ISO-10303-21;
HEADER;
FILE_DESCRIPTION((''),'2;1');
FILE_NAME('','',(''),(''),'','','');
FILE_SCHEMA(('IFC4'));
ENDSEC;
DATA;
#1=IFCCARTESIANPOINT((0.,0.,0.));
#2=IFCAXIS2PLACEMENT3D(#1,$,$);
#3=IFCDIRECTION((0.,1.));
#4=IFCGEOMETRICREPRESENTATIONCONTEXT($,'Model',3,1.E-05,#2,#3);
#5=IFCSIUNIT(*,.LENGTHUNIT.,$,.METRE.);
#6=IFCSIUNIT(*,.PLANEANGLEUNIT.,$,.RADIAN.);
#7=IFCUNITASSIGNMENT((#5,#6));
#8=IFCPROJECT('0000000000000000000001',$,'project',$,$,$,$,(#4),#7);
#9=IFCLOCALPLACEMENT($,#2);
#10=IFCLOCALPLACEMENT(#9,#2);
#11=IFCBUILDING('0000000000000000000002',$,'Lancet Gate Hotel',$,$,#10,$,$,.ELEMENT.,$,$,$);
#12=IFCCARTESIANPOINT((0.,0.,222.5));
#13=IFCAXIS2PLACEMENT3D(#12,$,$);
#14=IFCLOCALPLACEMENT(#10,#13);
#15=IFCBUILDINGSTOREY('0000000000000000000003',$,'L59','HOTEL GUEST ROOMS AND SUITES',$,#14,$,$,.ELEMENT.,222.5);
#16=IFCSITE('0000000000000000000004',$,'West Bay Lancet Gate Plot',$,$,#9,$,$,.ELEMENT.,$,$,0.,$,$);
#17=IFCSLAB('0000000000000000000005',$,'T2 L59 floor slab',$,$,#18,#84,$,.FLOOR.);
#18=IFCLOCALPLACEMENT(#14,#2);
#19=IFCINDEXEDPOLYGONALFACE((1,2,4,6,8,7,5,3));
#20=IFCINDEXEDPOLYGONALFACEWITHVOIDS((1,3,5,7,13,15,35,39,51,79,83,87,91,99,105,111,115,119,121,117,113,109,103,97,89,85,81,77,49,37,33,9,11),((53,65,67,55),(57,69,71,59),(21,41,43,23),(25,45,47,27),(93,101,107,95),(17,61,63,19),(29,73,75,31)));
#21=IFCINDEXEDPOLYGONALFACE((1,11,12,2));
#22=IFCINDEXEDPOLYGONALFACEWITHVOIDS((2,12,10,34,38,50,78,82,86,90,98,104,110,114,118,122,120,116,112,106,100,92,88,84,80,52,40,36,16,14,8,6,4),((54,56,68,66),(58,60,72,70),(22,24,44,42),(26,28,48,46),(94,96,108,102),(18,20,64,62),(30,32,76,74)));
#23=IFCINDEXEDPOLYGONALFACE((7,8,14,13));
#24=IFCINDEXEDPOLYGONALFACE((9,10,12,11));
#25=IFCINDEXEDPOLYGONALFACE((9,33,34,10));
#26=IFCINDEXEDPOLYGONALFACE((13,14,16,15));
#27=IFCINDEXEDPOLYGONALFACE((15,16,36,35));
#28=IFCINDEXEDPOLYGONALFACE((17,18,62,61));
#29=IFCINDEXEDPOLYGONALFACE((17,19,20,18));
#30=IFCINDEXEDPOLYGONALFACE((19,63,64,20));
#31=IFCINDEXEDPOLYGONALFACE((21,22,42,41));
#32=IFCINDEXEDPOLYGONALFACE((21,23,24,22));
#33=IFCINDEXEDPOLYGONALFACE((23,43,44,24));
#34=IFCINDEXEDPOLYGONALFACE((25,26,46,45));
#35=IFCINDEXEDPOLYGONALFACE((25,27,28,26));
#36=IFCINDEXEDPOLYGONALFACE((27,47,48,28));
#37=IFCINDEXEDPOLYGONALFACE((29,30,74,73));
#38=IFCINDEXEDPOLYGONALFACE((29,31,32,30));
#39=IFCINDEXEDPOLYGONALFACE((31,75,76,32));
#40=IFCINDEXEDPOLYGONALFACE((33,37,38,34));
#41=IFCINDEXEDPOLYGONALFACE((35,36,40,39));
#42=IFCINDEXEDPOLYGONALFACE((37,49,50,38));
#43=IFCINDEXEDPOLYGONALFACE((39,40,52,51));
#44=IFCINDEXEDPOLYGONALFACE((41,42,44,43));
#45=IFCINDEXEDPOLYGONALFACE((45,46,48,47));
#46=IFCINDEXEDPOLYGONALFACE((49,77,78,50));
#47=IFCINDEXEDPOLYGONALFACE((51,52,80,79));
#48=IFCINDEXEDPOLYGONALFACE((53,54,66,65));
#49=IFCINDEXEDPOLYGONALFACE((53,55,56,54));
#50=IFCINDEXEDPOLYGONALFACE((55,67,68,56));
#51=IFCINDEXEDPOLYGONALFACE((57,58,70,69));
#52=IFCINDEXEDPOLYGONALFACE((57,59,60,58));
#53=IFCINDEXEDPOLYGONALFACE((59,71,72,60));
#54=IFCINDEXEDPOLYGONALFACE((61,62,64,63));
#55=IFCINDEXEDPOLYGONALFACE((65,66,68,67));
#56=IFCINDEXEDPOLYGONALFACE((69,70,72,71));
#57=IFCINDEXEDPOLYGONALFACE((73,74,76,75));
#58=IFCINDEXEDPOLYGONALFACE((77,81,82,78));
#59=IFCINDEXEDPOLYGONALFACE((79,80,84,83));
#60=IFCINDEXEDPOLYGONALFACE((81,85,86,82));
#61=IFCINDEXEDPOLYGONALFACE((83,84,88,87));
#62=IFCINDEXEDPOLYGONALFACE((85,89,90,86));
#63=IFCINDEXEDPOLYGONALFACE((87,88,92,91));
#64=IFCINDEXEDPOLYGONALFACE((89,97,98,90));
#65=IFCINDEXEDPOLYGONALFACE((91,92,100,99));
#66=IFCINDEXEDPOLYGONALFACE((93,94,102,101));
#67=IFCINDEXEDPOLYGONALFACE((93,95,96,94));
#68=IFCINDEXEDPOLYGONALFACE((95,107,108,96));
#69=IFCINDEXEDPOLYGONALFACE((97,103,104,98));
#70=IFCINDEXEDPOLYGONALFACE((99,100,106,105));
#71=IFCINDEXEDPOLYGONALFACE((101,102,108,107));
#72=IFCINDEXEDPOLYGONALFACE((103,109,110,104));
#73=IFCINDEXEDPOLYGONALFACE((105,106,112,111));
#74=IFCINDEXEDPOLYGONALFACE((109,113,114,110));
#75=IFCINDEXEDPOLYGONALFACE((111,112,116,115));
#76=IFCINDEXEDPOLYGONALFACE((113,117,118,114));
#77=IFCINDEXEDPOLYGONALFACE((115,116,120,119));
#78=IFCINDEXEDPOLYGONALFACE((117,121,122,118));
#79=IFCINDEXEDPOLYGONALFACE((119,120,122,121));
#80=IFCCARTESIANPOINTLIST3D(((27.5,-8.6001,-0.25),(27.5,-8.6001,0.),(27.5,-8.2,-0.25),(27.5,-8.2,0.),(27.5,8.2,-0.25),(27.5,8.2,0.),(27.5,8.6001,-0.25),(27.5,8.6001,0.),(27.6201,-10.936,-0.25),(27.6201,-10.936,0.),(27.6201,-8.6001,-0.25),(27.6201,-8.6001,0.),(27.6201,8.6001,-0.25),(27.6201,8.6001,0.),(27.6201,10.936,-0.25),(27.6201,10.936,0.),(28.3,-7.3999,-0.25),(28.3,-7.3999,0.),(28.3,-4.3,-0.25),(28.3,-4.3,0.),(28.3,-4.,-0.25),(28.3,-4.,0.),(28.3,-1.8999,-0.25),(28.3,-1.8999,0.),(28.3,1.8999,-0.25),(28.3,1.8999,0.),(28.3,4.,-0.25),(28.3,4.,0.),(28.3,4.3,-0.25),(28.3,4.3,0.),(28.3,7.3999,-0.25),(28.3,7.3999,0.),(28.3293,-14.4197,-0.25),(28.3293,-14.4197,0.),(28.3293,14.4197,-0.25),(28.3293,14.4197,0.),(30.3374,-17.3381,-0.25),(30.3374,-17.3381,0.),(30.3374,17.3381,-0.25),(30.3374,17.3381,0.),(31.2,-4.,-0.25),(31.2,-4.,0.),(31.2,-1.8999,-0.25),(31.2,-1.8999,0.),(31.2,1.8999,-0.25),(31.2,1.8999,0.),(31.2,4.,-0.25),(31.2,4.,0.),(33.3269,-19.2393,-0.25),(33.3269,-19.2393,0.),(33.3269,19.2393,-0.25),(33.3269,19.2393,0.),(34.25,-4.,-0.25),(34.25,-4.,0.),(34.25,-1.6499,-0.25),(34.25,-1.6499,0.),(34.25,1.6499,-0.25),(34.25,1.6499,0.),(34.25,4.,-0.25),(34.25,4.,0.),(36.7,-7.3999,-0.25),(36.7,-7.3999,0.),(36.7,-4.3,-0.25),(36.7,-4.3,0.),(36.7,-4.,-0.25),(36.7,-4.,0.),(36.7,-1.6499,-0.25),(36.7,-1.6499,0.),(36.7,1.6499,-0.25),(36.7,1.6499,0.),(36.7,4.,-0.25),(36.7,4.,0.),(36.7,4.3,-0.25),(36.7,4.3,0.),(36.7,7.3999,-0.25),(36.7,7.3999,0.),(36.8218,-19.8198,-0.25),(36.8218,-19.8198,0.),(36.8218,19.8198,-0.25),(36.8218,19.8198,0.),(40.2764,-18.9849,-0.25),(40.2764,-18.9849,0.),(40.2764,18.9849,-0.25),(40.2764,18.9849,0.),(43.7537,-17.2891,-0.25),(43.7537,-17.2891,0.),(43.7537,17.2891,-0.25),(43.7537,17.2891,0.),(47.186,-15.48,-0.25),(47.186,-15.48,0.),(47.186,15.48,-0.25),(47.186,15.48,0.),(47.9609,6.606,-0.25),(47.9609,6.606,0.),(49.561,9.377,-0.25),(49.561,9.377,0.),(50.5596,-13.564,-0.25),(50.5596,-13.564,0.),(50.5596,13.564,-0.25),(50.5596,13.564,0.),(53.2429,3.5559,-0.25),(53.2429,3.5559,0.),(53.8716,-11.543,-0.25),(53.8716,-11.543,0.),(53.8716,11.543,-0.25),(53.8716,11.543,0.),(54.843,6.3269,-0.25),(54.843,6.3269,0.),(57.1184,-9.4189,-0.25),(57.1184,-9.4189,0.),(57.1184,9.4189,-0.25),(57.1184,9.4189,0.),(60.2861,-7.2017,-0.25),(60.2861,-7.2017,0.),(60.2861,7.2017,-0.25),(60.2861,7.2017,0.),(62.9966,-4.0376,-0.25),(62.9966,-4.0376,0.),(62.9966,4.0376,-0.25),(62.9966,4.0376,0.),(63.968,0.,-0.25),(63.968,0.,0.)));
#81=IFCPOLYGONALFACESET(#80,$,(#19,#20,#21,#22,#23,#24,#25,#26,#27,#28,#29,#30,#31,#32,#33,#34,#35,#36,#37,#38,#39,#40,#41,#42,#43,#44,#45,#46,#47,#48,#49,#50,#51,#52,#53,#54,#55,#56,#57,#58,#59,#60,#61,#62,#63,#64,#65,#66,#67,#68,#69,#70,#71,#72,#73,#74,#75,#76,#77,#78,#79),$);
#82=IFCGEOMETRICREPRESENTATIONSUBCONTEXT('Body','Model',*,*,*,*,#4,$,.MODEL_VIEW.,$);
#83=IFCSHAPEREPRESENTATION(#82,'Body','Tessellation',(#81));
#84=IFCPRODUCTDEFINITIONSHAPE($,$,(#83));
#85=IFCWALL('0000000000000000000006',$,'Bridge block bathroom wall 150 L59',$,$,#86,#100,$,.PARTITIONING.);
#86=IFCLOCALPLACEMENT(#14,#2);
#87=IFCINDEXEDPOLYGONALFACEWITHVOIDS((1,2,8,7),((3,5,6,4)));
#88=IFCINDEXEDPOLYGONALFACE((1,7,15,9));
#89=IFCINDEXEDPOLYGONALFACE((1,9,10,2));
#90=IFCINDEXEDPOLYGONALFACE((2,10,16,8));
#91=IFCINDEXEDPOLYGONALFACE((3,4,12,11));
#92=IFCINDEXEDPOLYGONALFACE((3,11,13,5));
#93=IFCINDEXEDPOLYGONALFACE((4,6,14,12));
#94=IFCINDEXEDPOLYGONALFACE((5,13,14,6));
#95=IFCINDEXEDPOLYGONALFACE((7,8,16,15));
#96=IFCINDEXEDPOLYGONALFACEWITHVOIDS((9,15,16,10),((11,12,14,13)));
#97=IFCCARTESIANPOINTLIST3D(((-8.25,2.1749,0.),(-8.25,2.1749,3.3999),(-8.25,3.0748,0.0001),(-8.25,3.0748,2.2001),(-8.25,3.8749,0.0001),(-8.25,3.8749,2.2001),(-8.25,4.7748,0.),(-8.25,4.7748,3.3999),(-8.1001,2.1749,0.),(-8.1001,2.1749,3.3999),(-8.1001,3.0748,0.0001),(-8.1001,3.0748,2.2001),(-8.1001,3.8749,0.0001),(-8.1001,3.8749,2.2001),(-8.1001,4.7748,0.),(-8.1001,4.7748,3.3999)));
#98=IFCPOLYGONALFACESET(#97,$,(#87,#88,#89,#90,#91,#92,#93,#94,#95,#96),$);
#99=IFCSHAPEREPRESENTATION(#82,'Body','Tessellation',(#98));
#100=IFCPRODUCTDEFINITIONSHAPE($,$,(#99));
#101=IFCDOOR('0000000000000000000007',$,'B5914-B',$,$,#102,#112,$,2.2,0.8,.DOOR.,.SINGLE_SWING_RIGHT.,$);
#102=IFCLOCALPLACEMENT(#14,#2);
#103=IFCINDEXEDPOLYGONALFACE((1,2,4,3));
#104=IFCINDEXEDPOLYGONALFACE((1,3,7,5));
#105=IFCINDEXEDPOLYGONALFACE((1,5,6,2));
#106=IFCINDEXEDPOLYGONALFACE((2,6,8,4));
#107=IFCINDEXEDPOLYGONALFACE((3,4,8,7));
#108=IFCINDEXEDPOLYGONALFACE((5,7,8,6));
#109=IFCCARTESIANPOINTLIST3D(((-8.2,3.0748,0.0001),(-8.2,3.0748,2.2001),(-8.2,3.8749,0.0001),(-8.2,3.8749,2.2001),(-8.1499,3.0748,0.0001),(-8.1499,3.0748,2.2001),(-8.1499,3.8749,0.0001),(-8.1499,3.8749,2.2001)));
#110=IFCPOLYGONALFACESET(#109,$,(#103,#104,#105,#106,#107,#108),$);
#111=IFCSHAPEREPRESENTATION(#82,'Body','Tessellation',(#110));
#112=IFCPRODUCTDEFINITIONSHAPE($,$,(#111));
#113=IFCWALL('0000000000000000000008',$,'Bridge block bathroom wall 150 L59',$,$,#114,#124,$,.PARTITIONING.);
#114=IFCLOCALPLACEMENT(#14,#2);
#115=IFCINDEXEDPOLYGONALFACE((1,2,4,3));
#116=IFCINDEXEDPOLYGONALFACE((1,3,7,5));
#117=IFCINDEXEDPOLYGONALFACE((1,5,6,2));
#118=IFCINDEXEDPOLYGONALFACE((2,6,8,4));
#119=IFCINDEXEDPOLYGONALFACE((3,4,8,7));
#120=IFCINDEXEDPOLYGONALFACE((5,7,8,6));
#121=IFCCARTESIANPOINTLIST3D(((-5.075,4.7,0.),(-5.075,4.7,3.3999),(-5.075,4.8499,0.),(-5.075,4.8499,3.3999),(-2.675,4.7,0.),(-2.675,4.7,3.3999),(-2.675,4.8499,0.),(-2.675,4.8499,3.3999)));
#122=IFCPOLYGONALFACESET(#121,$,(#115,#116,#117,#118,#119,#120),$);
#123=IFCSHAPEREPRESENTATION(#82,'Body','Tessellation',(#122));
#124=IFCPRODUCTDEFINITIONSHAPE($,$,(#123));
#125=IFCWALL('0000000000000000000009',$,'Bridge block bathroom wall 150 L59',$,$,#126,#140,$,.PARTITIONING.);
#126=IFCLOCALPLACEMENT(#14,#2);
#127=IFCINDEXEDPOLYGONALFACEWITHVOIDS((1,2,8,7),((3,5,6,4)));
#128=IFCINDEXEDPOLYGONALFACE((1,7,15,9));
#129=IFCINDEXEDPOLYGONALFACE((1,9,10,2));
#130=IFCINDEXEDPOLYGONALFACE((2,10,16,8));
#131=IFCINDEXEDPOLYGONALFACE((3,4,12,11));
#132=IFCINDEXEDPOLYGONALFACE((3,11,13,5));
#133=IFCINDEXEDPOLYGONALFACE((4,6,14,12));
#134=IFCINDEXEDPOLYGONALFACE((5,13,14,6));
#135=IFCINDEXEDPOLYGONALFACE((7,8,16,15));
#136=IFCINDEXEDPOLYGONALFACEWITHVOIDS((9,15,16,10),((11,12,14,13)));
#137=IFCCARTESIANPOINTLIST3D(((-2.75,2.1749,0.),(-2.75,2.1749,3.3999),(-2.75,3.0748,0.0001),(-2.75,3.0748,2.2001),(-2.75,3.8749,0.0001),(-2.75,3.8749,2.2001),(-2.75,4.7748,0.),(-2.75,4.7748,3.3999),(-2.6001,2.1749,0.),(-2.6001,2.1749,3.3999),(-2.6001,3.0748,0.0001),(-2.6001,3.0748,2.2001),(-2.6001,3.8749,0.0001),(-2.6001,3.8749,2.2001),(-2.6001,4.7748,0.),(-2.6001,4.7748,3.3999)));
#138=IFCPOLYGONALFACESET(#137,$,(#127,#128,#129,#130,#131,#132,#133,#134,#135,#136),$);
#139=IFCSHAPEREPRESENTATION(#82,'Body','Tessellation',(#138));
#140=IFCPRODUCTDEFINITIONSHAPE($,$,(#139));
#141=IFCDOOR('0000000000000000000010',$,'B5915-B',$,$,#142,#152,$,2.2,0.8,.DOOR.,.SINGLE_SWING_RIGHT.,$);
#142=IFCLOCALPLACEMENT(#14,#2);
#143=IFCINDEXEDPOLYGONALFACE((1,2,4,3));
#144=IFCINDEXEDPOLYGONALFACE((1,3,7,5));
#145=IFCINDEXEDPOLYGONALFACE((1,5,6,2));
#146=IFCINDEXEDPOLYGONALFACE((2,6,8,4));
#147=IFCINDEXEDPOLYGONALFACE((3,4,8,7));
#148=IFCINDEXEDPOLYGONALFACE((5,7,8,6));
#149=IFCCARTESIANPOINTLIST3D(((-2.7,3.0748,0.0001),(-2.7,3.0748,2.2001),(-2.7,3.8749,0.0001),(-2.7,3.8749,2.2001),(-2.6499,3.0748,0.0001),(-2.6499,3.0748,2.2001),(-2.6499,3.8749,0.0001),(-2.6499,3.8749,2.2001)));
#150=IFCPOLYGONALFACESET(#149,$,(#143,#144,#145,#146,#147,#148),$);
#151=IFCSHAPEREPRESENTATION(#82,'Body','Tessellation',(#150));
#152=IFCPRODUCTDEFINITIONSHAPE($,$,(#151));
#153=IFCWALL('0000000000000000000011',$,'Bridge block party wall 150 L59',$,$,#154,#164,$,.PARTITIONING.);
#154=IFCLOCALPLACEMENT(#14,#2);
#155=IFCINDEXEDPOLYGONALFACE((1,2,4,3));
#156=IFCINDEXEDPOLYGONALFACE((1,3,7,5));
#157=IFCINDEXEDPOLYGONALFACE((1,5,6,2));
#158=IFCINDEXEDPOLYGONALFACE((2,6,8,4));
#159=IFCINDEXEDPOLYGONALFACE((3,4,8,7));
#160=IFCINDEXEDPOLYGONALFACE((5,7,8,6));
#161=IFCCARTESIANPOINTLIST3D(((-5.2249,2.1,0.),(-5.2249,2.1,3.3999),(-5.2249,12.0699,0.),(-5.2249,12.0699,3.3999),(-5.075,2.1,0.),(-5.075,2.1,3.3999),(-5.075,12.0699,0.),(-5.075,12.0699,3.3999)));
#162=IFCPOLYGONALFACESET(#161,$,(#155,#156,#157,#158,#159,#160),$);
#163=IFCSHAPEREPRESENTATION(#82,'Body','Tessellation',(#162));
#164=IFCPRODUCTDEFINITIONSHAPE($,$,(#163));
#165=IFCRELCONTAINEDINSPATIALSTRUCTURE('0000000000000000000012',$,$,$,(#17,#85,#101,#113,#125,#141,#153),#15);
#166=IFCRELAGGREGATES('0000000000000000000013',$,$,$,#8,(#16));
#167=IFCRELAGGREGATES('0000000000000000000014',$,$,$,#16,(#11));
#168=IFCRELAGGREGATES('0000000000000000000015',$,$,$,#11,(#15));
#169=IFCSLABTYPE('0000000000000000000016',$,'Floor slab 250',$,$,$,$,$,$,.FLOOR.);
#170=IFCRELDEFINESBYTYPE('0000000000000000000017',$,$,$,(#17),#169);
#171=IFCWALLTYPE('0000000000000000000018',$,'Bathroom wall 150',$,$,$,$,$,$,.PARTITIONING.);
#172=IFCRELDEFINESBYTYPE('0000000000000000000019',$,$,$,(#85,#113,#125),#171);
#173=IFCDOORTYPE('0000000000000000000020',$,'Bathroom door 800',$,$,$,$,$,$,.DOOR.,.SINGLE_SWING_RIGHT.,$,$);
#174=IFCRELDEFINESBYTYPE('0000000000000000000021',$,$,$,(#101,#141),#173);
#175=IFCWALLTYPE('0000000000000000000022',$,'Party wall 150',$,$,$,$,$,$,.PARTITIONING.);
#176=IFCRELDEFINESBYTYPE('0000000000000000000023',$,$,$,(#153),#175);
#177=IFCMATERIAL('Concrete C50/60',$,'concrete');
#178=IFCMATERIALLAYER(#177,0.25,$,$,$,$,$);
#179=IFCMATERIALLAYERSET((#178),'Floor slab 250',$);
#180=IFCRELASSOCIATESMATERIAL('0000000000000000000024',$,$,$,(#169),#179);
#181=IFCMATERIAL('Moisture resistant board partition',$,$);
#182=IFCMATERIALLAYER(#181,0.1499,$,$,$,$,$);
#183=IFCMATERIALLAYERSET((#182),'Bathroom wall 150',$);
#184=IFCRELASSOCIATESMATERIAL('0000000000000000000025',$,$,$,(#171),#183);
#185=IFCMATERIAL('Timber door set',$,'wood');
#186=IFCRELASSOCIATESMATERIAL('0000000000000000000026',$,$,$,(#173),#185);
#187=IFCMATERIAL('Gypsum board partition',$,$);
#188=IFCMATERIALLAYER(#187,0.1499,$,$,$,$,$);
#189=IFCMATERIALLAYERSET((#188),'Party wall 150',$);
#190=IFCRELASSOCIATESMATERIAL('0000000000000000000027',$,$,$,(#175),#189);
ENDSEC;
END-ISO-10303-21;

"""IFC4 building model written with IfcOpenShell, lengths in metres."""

from ifc_helpers import new_model, si_unit, direction, frame, frame_2d, origin, place, context, subcontext, project, spatial, polyline, rectangle, outline, extrude, material, layer, layer_set, type_object, element, fill, save


model = new_model("IFC4")

# Units and contexts
model_context = context("Model", 3, precision=1e-05, world=origin(), true_north=direction((0.0, 1.0)))
body_context = subcontext(model_context, "Body", "Model", "MODEL_VIEW")
ifc_project = project(units=[si_unit("LENGTHUNIT", "METRE"), si_unit("PLANEANGLEUNIT", "RADIAN")], contexts=[model_context])

# Site, building, storey
site_placement = place(None, origin())
site = spatial("IfcSite", under=ifc_project, at=site_placement, Name="West Bay Lancet Gate Plot", CompositionType="ELEMENT", RefElevation=0.0)
building_placement = place(site_placement, origin())
building = spatial("IfcBuilding", under=site, at=building_placement, Name="Lancet Gate Hotel", CompositionType="ELEMENT")
storey_placement = place(building_placement, frame((0.0, 0.0, 222.5)))
storey = spatial("IfcBuildingStorey", under=building, at=storey_placement, Name="L59", Description="HOTEL GUEST ROOMS AND SUITES", CompositionType="ELEMENT", Elevation=222.5)

# Slab
ifc_material_1 = material(Name="Concrete C50/60", Category="concrete")
ifc_layer_1 = layer(ifc_material_1, 0.25)
ifc_layer_set_1 = layer_set([ifc_layer_1], Name="Floor slab 250")
slab_type_1 = type_object("IfcSlabType", Name="Floor slab 250", PredefinedType="FLOOR", material=ifc_layer_set_1)
slab_1_placement = place(storey_placement, frame((0.0, 0.0, -0.25)))
element("IfcSlab", 1, at=slab_1_placement, inside=storey, type_object=slab_type_1, Name="T2 L59 floor slab", PredefinedType="FLOOR", context=body_context, shape_type="SweptSolid", body=[
    extrude(outline(polyline([(27.5, -8.6001), (27.6201, -8.6001), (27.6201, -10.936), (28.3293, -14.4197), (30.3374, -17.3381), (33.3269, -19.2393), (36.8218, -19.8198), (40.2764, -18.9849), (43.7537, -17.2891), (47.186, -15.48), (50.5596, -13.564), (53.8716, -11.543), (57.1184, -9.4189), (60.2861, -7.2017), (62.9966, -4.0376), (63.968, 0.0), (62.9966, 4.0376), (60.2861, 7.2017), (57.1184, 9.4189), (53.8716, 11.543), (50.5596, 13.564), (47.186, 15.48), (43.7537, 17.2891), (40.2764, 18.9849), (36.8218, 19.8198), (33.3269, 19.2393), (30.3374, 17.3381), (28.3293, 14.4197), (27.6201, 10.936), (27.6201, 8.6001), (27.5, 8.6001), (27.5, 8.2), (27.5, -8.2), (27.5, -8.6001)]), holes=[polyline([(36.7, -7.3999), (36.7, -4.3), (28.3, -4.3), (28.3, -7.3999), (36.7, -7.3999)]), polyline([(28.3, -4.0), (31.2, -4.0), (31.2, -1.8999), (28.3, -1.8999), (28.3, -4.0)]), polyline([(34.25, -4.0), (36.7, -4.0), (36.7, -1.6499), (34.25, -1.6499), (34.25, -4.0)]), polyline([(36.7, 1.6499), (36.7, 4.0), (34.25, 4.0), (34.25, 1.6499), (36.7, 1.6499)]), polyline([(28.3, 1.8999), (31.2, 1.8999), (31.2, 4.0), (28.3, 4.0), (28.3, 1.8999)]), polyline([(28.3, 4.3), (36.7, 4.3), (36.7, 7.3999), (28.3, 7.3999), (28.3, 4.3)]), polyline([(53.2429, 3.5559), (54.843, 6.3269), (49.561, 9.377), (47.9609, 6.606), (53.2429, 3.5559)])]), origin(), (0.0, 0.0, 1.0), 0.25),
])

# Wall, opening, door
ifc_material_2 = material(Name="Moisture resistant board partition")
ifc_layer_2 = layer(ifc_material_2, 0.1499)
ifc_layer_set_2 = layer_set([ifc_layer_2], Name="Bathroom wall 150")
wall_type_1 = type_object("IfcWallType", Name="Bathroom wall 150", PredefinedType="PARTITIONING", material=ifc_layer_set_2)
wall_1_placement = place(storey_placement, frame((-8.175, 2.175, 0.0), z_axis=(0.0, 0.0, 1.0), x_axis=(0.0, 1.0, 0.0)))
wall_1 = element("IfcWall", 2, at=wall_1_placement, inside=storey, type_object=wall_type_1, Name="Bridge block bathroom wall 150 L59", PredefinedType="PARTITIONING", context=body_context, shape_type="SweptSolid", body=[
    extrude(rectangle(XDim=2.5999, YDim=0.1499, at=frame_2d((1.2998, 0.0))), origin(), (0.0, 0.0, 1.0), 3.3999),
])
opening_1_placement = place(wall_1_placement, frame((0.8999, 0.0, 0.0)))
opening_1 = element("IfcOpeningElement", 3, at=opening_1_placement, cuts=wall_1, PredefinedType="OPENING", context=body_context, shape_type="SweptSolid", body=[
    extrude(rectangle(XDim=0.8, YDim=2.2, at=frame_2d((0.3999, 1.1001))), frame((0.0, 0.085, 0.0), z_axis=(0.0, -1.0, 0.0), x_axis=(1.0, 0.0, 0.0)), (0.0, 0.0, 1.0), 0.1699),
])
ifc_material_3 = material(Name="Timber door set", Category="wood")
door_type = type_object("IfcDoorType", Name="Bathroom door 800", OperationType="SINGLE_SWING_RIGHT", PredefinedType="DOOR", material=ifc_material_3)
door_1_placement = place(opening_1_placement, origin())
door_1 = element("IfcDoor", 4, at=door_1_placement, inside=storey, type_object=door_type, Name="B5914-B", OperationType="SINGLE_SWING_RIGHT", OverallHeight=2.2, OverallWidth=0.8, PredefinedType="DOOR", context=body_context, shape_type="SweptSolid", body=[
    extrude(rectangle(XDim=0.8, YDim=2.2, at=frame_2d((0.3999, 1.1001))), frame((0.0, 0.0249, 0.0), z_axis=(0.0, -1.0, 0.0), x_axis=(1.0, 0.0, 0.0)), (0.0, 0.0, 1.0), 0.05),
])
fill(opening_1, door_1)

# Wall
wall_2_placement = place(storey_placement, frame((-5.075, 4.7749, 0.0), z_axis=(0.0, 0.0, 1.0), x_axis=(1.0, 0.0, 0.0)))
element("IfcWall", 5, at=wall_2_placement, inside=storey, type_object=wall_type_1, Name="Bridge block bathroom wall 150 L59", PredefinedType="PARTITIONING", context=body_context, shape_type="SweptSolid", body=[
    extrude(rectangle(XDim=2.3999, YDim=0.1499, at=frame_2d((1.2, 0.0))), origin(), (0.0, 0.0, 1.0), 3.3999),
])

# Wall, opening, door
wall_3_placement = place(storey_placement, frame((-2.675, 2.175, 0.0), z_axis=(0.0, 0.0, 1.0), x_axis=(0.0, 1.0, 0.0)))
wall_3 = element("IfcWall", 6, at=wall_3_placement, inside=storey, type_object=wall_type_1, Name="Bridge block bathroom wall 150 L59", PredefinedType="PARTITIONING", context=body_context, shape_type="SweptSolid", body=[
    extrude(rectangle(XDim=2.5999, YDim=0.1499, at=frame_2d((1.2998, 0.0))), origin(), (0.0, 0.0, 1.0), 3.3999),
])
opening_2_placement = place(wall_3_placement, frame((0.8999, 0.0, 0.0)))
opening_2 = element("IfcOpeningElement", 7, at=opening_2_placement, cuts=wall_3, PredefinedType="OPENING", context=body_context, shape_type="SweptSolid", body=[
    extrude(rectangle(XDim=0.8, YDim=2.2, at=frame_2d((0.3999, 1.1001))), frame((0.0, 0.085, 0.0), z_axis=(0.0, -1.0, 0.0), x_axis=(1.0, 0.0, 0.0)), (0.0, 0.0, 1.0), 0.1699),
])
door_2_placement = place(opening_2_placement, origin())
door_2 = element("IfcDoor", 8, at=door_2_placement, inside=storey, type_object=door_type, Name="B5915-B", OperationType="SINGLE_SWING_RIGHT", OverallHeight=2.2, OverallWidth=0.8, PredefinedType="DOOR", context=body_context, shape_type="SweptSolid", body=[
    extrude(rectangle(XDim=0.8, YDim=2.2, at=frame_2d((0.3999, 1.1001))), frame((0.0, 0.0249, 0.0), z_axis=(0.0, -1.0, 0.0), x_axis=(1.0, 0.0, 0.0)), (0.0, 0.0, 1.0), 0.05),
])
fill(opening_2, door_2)

# Wall
ifc_material_4 = material(Name="Gypsum board partition")
ifc_layer_3 = layer(ifc_material_4, 0.1499)
ifc_layer_set_3 = layer_set([ifc_layer_3], Name="Party wall 150")
wall_type_2 = type_object("IfcWallType", Name="Party wall 150", PredefinedType="PARTITIONING", material=ifc_layer_set_3)
wall_4_placement = place(storey_placement, frame((-5.1499, 2.1001, 0.0), z_axis=(0.0, 0.0, 1.0), x_axis=(0.0, 1.0, 0.0)))
element("IfcWall", 9, at=wall_4_placement, inside=storey, type_object=wall_type_2, Name="Bridge block party wall 150 L59", PredefinedType="PARTITIONING", context=body_context, shape_type="SweptSolid", body=[
    extrude(rectangle(XDim=9.97, YDim=0.1499, at=frame_2d((4.9849, 0.0))), origin(), (0.0, 0.0, 1.0), 3.3999),
])

save(model, "model.ifc")
